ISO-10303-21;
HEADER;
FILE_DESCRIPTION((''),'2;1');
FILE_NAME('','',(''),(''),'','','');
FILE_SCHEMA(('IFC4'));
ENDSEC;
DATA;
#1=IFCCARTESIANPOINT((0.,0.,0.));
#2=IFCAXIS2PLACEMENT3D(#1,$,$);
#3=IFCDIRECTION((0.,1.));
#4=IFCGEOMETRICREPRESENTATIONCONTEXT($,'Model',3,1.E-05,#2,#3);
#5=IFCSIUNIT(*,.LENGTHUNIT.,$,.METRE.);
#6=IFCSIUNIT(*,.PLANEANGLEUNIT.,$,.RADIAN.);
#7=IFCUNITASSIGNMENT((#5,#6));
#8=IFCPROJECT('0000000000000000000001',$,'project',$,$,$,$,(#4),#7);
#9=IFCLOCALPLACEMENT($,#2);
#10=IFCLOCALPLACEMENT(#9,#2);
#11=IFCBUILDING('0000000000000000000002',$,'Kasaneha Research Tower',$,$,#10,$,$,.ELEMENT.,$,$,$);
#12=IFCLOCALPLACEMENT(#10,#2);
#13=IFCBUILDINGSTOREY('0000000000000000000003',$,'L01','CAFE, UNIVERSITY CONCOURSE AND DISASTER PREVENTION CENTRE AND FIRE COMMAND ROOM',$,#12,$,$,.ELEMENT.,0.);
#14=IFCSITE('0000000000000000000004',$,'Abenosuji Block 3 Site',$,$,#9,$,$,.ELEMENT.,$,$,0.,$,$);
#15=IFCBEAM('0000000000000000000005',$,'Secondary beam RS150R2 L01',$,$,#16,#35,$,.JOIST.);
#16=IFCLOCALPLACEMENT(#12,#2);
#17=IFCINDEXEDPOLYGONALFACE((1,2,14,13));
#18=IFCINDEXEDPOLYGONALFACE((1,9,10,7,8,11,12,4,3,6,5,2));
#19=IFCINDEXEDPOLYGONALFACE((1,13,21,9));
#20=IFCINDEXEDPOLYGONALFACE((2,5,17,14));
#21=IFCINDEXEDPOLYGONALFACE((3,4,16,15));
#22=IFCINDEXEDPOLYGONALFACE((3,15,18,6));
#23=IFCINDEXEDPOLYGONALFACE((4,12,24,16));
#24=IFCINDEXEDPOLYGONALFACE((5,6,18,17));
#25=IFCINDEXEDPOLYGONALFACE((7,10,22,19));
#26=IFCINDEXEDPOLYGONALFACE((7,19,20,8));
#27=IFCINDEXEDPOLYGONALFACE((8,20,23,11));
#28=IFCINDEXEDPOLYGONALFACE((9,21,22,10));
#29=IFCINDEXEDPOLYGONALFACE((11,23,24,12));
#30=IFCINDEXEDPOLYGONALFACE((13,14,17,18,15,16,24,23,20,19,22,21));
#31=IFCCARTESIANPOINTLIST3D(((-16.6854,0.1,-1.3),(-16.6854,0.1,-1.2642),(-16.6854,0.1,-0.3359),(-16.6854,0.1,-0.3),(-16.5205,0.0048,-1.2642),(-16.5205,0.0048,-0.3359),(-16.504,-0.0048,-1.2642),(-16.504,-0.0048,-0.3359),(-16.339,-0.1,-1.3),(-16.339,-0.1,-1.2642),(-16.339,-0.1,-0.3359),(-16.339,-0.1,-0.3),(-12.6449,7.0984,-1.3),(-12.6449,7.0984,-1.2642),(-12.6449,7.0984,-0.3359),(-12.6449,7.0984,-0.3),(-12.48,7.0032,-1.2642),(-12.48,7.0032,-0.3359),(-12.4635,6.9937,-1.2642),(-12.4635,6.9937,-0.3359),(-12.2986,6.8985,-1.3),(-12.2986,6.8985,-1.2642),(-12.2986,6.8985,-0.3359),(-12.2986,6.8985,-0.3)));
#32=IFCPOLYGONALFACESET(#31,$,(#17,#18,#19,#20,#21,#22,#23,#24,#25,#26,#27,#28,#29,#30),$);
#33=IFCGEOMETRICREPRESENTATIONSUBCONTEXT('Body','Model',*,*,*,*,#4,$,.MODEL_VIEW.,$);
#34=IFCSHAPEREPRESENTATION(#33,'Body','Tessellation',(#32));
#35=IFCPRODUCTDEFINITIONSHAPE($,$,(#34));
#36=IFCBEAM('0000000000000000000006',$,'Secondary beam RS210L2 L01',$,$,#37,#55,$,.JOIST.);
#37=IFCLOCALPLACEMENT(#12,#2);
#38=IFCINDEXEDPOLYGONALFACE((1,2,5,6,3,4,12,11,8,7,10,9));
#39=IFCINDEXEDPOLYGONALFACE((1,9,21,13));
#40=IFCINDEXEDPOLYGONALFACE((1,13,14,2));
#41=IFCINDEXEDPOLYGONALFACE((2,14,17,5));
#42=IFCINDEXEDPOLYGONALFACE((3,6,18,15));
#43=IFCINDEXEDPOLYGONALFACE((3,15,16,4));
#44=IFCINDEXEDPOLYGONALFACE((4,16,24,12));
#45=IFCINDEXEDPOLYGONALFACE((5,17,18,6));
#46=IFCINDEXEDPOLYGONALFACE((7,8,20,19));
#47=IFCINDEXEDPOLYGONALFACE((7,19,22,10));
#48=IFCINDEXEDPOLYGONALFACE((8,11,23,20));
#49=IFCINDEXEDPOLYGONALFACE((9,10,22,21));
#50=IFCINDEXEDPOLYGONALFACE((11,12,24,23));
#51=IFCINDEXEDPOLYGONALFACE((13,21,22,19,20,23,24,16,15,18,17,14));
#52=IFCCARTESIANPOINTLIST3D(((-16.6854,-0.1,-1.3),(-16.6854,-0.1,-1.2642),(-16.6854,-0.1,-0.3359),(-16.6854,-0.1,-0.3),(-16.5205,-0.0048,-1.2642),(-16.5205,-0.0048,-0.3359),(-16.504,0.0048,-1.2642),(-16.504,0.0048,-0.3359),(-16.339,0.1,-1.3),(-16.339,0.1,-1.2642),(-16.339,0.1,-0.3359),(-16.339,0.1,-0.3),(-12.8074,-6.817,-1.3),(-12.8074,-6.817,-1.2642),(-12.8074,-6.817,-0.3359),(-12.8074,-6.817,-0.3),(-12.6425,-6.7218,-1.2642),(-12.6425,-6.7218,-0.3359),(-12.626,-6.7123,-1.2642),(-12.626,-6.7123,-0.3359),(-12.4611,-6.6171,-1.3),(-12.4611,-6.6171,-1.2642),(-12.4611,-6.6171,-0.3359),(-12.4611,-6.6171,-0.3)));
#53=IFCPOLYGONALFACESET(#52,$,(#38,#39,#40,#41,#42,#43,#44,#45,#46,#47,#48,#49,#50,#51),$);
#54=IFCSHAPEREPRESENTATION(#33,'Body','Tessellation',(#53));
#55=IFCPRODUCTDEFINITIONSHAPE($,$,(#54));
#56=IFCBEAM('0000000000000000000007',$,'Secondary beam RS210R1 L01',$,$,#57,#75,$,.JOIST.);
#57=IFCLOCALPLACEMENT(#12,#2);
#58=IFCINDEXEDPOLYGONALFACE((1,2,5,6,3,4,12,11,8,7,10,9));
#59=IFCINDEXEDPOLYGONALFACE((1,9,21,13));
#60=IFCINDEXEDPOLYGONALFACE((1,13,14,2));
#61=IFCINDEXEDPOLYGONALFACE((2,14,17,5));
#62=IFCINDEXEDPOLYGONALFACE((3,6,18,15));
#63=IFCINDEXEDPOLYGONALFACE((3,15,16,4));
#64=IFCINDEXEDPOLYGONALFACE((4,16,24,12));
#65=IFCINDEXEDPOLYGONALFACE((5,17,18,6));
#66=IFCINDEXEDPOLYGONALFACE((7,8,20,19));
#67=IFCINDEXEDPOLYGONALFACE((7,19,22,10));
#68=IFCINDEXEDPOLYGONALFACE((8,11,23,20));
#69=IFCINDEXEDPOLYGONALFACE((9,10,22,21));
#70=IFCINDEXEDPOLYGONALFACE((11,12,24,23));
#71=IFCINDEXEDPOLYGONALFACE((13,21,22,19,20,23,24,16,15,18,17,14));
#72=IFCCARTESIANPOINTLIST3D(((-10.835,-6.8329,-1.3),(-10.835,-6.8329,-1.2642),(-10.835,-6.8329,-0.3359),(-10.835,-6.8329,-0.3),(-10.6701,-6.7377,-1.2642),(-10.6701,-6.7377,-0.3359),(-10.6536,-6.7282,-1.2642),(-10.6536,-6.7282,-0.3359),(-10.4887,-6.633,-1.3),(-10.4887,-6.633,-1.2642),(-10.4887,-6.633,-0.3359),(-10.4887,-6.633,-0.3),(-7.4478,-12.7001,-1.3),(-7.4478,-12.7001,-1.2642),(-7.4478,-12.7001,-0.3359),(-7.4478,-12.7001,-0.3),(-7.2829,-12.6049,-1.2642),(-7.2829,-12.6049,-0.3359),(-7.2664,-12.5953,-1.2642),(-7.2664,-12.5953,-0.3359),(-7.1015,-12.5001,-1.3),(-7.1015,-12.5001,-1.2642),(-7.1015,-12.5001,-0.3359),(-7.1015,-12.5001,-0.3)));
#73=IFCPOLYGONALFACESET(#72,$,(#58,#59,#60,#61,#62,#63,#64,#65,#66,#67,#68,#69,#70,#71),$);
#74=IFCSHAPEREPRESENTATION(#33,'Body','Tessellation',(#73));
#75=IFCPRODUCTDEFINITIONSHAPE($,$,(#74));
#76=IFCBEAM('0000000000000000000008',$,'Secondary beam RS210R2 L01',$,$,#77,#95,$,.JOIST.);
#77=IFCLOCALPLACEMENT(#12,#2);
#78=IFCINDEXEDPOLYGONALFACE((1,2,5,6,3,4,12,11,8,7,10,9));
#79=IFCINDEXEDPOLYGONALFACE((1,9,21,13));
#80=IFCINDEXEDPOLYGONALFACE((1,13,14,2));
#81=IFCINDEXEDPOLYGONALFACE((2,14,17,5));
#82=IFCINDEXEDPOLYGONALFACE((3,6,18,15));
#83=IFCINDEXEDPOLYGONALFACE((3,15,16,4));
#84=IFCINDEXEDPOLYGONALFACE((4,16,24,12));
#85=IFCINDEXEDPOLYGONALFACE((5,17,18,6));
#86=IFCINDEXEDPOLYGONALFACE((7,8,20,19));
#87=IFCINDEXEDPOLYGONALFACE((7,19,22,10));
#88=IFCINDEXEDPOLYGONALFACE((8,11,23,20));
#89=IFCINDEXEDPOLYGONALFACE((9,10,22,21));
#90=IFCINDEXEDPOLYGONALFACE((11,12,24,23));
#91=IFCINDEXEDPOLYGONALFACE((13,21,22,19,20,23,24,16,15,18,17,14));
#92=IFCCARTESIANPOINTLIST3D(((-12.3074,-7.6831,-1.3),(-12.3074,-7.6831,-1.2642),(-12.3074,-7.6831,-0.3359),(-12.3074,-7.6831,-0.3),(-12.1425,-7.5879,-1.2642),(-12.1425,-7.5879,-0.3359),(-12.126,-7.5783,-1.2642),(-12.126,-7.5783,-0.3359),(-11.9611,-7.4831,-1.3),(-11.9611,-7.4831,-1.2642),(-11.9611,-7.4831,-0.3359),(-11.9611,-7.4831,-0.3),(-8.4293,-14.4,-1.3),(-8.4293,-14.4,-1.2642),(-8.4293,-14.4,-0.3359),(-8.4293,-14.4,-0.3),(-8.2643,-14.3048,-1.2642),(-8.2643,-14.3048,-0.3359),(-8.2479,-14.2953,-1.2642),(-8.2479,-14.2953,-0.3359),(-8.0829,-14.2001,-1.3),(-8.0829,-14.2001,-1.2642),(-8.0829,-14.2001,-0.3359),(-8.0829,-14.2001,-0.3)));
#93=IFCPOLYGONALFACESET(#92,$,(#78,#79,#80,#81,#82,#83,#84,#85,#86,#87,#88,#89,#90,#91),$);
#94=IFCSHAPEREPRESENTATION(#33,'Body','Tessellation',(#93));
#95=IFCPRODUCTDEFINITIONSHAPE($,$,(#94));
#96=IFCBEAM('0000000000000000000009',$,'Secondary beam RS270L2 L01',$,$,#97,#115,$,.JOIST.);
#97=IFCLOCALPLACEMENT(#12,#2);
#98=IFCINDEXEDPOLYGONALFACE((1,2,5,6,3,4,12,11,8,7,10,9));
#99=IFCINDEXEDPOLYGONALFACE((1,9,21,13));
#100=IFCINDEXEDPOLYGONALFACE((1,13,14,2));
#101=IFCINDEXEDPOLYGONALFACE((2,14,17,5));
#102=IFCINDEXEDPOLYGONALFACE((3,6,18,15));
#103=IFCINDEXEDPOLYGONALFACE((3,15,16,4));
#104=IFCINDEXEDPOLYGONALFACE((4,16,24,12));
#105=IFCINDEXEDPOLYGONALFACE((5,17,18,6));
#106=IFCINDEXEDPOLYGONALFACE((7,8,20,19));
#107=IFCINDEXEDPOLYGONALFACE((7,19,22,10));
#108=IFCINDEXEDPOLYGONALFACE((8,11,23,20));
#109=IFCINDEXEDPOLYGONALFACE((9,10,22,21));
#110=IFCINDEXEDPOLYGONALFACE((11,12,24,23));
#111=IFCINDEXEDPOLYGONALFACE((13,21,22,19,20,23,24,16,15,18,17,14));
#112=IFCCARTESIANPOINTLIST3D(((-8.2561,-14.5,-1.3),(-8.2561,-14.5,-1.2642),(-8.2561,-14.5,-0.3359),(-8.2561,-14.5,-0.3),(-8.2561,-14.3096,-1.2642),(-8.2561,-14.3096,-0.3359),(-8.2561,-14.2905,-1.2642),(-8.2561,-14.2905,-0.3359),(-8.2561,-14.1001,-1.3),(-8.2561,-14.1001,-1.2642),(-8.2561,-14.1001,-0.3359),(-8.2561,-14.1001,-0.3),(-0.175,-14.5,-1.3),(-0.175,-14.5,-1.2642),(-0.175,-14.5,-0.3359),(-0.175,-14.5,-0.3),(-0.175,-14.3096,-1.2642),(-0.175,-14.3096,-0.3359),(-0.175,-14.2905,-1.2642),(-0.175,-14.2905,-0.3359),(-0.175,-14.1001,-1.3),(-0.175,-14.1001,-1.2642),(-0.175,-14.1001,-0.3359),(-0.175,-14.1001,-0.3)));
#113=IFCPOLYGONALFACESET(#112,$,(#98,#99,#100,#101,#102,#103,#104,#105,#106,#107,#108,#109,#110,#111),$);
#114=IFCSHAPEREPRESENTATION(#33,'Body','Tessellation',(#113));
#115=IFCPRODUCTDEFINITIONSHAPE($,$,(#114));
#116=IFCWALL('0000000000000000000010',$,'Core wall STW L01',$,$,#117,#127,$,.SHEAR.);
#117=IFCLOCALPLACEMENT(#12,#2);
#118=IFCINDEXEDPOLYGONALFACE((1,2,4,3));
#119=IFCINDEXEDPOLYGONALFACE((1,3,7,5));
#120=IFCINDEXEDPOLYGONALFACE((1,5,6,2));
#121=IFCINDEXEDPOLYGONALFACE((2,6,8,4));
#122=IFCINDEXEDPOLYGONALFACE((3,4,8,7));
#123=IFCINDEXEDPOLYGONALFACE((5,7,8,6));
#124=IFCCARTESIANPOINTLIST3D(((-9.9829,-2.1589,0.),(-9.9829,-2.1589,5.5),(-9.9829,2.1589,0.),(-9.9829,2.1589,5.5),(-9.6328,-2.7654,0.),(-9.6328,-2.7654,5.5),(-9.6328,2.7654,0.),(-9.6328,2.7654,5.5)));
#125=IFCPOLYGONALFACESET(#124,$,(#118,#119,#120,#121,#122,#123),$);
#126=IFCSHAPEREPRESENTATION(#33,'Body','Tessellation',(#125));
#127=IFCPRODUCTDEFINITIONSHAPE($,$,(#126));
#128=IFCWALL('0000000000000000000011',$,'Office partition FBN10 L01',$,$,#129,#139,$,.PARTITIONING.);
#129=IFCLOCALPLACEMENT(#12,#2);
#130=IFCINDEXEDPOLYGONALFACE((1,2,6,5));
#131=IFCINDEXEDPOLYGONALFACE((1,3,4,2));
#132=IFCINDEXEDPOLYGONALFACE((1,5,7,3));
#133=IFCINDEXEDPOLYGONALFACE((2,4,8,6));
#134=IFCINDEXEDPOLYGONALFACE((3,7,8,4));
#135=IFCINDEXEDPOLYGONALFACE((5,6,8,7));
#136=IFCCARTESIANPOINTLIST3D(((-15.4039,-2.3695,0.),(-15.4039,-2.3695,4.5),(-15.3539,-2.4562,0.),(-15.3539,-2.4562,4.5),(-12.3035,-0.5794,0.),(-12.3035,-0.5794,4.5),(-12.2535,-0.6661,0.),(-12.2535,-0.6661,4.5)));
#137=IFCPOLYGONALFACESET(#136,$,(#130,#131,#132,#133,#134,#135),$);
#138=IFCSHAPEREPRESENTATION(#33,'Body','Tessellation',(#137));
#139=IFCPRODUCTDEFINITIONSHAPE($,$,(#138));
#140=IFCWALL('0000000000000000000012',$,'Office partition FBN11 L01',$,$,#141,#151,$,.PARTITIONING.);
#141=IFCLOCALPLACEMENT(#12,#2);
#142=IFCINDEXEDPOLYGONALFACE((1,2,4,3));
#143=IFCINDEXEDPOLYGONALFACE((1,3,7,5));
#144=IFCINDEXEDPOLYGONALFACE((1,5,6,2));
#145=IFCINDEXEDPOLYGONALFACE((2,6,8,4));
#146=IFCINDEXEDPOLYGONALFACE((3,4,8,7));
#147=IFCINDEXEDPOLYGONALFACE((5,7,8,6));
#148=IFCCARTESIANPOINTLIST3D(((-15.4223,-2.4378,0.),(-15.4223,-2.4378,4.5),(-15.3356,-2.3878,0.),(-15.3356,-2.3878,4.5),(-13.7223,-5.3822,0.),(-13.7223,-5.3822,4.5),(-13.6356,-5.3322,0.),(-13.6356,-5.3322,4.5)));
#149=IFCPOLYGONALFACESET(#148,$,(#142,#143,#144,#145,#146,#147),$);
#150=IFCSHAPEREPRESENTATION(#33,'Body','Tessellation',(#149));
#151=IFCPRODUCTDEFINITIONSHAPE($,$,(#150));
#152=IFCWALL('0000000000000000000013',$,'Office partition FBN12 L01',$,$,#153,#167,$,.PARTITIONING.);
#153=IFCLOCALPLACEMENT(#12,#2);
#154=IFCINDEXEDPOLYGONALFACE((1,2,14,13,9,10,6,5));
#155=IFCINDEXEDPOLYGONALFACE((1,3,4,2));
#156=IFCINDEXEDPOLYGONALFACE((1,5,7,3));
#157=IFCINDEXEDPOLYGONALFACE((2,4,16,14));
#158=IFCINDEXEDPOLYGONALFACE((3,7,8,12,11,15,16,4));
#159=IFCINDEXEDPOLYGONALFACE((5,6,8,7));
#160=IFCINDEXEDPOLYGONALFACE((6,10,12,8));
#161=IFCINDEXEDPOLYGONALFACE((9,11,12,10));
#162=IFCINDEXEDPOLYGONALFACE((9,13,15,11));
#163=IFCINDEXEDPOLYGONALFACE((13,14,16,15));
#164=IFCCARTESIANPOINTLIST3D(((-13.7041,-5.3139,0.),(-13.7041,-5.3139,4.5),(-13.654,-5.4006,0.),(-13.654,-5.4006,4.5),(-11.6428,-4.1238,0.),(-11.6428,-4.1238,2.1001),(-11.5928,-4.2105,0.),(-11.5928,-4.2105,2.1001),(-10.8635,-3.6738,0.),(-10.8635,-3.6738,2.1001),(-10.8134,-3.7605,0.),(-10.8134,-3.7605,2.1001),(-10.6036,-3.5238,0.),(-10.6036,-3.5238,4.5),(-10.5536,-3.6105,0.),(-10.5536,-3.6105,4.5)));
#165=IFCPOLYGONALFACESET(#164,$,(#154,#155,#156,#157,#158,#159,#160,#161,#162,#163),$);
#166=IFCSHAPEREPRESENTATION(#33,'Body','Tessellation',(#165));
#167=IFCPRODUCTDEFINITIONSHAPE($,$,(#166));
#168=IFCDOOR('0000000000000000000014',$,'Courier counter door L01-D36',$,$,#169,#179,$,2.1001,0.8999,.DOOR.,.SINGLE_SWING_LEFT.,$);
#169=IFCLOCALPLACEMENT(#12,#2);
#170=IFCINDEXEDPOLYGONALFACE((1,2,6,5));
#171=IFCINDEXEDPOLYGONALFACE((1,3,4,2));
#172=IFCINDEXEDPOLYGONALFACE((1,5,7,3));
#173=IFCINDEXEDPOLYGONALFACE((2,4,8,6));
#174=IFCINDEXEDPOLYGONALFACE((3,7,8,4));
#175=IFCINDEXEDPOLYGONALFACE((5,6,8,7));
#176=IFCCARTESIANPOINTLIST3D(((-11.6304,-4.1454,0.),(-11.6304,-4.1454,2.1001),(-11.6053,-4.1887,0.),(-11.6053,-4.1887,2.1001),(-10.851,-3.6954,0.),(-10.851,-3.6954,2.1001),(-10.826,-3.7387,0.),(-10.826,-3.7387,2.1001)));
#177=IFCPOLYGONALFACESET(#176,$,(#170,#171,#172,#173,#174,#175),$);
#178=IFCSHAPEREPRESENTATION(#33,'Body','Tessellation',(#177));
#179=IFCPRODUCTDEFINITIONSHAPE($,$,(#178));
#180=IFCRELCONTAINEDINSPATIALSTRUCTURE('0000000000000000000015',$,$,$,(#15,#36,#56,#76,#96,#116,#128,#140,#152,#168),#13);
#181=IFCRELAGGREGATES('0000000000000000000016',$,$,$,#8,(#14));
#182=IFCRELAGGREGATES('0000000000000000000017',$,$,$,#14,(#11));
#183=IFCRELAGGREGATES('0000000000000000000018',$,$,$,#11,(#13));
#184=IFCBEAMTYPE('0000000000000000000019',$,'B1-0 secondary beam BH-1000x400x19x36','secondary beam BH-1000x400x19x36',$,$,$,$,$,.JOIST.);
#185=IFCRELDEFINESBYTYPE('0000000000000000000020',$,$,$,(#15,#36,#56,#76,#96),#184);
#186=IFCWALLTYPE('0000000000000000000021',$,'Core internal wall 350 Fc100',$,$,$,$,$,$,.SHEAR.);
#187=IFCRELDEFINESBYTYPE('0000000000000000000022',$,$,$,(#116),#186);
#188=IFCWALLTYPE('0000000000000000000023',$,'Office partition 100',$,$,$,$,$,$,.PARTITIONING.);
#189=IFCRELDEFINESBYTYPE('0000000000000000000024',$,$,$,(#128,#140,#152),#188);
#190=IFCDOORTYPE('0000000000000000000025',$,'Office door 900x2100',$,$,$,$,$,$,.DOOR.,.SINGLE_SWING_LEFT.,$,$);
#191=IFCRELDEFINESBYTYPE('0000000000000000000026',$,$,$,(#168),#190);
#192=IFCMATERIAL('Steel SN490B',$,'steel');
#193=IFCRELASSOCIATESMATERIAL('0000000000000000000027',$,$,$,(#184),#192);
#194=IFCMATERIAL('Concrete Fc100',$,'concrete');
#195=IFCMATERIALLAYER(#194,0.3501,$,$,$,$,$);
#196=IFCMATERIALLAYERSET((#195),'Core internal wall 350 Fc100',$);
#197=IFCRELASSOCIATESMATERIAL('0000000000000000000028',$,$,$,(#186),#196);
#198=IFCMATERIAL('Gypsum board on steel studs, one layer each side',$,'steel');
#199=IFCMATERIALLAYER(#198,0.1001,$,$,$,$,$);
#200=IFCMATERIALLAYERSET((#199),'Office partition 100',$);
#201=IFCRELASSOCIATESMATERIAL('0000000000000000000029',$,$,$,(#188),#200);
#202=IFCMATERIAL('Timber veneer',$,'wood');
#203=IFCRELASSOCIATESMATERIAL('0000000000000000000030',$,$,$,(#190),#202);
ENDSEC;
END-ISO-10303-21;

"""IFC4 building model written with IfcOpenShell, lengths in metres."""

from ifc_helpers import new_model, si_unit, direction, frame, frame_2d, origin, origin_2d, place, context, subcontext, project, spatial, polyline, rectangle, i_section, outline, extrude, material, layer, layer_set, material_profile, profile_set, type_object, element, fill, save


model = new_model("IFC4")

# Units and contexts
model_context = context("Model", 3, precision=1e-05, world=origin(), true_north=direction((0.0, 1.0)))
body_context = subcontext(model_context, "Body", "Model", "MODEL_VIEW")
ifc_project = project(units=[si_unit("LENGTHUNIT", "METRE"), si_unit("PLANEANGLEUNIT", "RADIAN")], contexts=[model_context])

# Site, building, storey
site_placement = place(None, origin())
site = spatial("IfcSite", under=ifc_project, at=site_placement, Name="Abenosuji Block 3 Site", CompositionType="ELEMENT", RefElevation=0.0)
building_placement = place(site_placement, origin())
building = spatial("IfcBuilding", under=site, at=building_placement, Name="Kasaneha Research Tower", CompositionType="ELEMENT")
storey_placement = place(building_placement, origin())
storey = spatial("IfcBuildingStorey", under=building, at=storey_placement, Name="L01", Description="CAFE, UNIVERSITY CONCOURSE AND DISASTER PREVENTION CENTRE AND FIRE COMMAND ROOM", CompositionType="ELEMENT", Elevation=0.0)

# Beams
ifc_material_1 = material(Name="Steel SN490B", Category="steel")
ifc_material_profile = material_profile(ifc_material_1, i_section(OverallWidth=0.3999, OverallDepth=1.0, WebThickness=0.019, FlangeThickness=0.0359, at=origin_2d()), Name="BH-1000x400x19x36")
ifc_profile_set = profile_set([ifc_material_profile], Name="Steel SN490B")
beam_type = type_object("IfcBeamType", Name="B1-0 secondary beam BH-1000x400x19x36", Description="secondary beam BH-1000x400x19x36", PredefinedType="JOIST", material=ifc_profile_set)
beam_1_placement = place(storey_placement, frame((-16.5122, 0.0, -0.8), z_axis=(0.499993, 0.86603, 0.0), x_axis=(-0.86603, 0.499993, 0.0)))
element("IfcBeam", 1, at=beam_1_placement, inside=storey, type_object=beam_type, Name="Secondary beam RS150R2 L01", PredefinedType="JOIST", context=body_context, shape_type="SweptSolid", body=[
    extrude(i_section(OverallWidth=0.3999, OverallDepth=1.0, WebThickness=0.019, FlangeThickness=0.0359, at=origin_2d()), origin(), (0.0, 0.0, 1.0), 8.0811),
])
beam_2_placement = place(storey_placement, frame((-16.5122, 0.0, -0.8), z_axis=(0.499985, -0.866034, 0.0), x_axis=(0.866034, 0.499985, 0.0)))
element("IfcBeam", 2, at=beam_2_placement, inside=storey, type_object=beam_type, Name="Secondary beam RS210L2 L01", PredefinedType="JOIST", context=body_context, shape_type="SweptSolid", body=[
    extrude(i_section(OverallWidth=0.3999, OverallDepth=1.0, WebThickness=0.019, FlangeThickness=0.0359, at=origin_2d()), origin(), (0.0, 0.0, 1.0), 7.7561),
])
beam_3_placement = place(storey_placement, frame((-7.2747, -12.6001, -0.8), z_axis=(-0.499976, 0.866039, 0.0), x_axis=(-0.866039, -0.499976, 0.0)))
element("IfcBeam", 3, at=beam_3_placement, inside=storey, type_object=beam_type, Name="Secondary beam RS210R1 L01", PredefinedType="JOIST", context=body_context, shape_type="SweptSolid", body=[
    extrude(i_section(OverallWidth=0.3999, OverallDepth=1.0, WebThickness=0.019, FlangeThickness=0.0359, at=origin_2d()), origin(), (0.0, 0.0, 1.0), 6.7747),
])
beam_4_placement = place(storey_placement, frame((-8.2561, -14.3, -0.8), z_axis=(-0.500009, 0.86602, 0.0), x_axis=(-0.86602, -0.500009, 0.0)))
element("IfcBeam", 4, at=beam_4_placement, inside=storey, type_object=beam_type, Name="Secondary beam RS210R2 L01", PredefinedType="JOIST", context=body_context, shape_type="SweptSolid", body=[
    extrude(i_section(OverallWidth=0.3999, OverallDepth=1.0, WebThickness=0.019, FlangeThickness=0.0359, at=origin_2d()), origin(), (0.0, 0.0, 1.0), 7.7561),
])
beam_5_placement = place(storey_placement, frame((-8.2561, -14.3, -0.8), z_axis=(1.0, 0.0, 0.0), x_axis=(0.0, 1.0, 0.0)))
element("IfcBeam", 5, at=beam_5_placement, inside=storey, type_object=beam_type, Name="Secondary beam RS270L2 L01", PredefinedType="JOIST", context=body_context, shape_type="SweptSolid", body=[
    extrude(i_section(OverallWidth=0.3999, OverallDepth=1.0, WebThickness=0.019, FlangeThickness=0.0359, at=origin_2d()), origin(), (0.0, 0.0, 1.0), 8.0811),
])

# Shared definitions
ifc_material_2 = material(Name="Concrete Fc100", Category="concrete")
ifc_layer_1 = layer(ifc_material_2, 0.3501)
ifc_layer_set_1 = layer_set([ifc_layer_1], Name="Core internal wall 350 Fc100")
wall_type_1 = type_object("IfcWallType", Name="Core internal wall 350 Fc100", PredefinedType="SHEAR", material=ifc_layer_set_1)

# Walls
wall_1_placement = place(storey_placement, frame((-9.8079, -2.4622, 0.0), z_axis=(0.0, 0.0, 1.0), x_axis=(0.0, 1.0, 0.0)))
element("IfcWall", 6, at=wall_1_placement, inside=storey, type_object=wall_type_1, Name="Core wall STW L01", PredefinedType="SHEAR", context=body_context, shape_type="SweptSolid", body=[
    extrude(outline(polyline([(-0.3032, -0.175), (5.2275, -0.175), (4.6211, 0.175), (0.3032, 0.175), (-0.3032, -0.175)])), origin(), (0.0, 0.0, 1.0), 5.5),
])
ifc_material_3 = material(Name="Gypsum board on steel studs, one layer each side", Category="steel")
ifc_layer_2 = layer(ifc_material_3, 0.1001)
ifc_layer_set_2 = layer_set([ifc_layer_2], Name="Office partition 100")
wall_type_2 = type_object("IfcWallType", Name="Office partition 100", PredefinedType="PARTITIONING", material=ifc_layer_set_2)
wall_2_placement = place(storey_placement, frame((-15.3789, -2.4128, 0.0), z_axis=(0.0, 0.0, 1.0), x_axis=(0.866019, 0.500012, 0.0)))
element("IfcWall", 7, at=wall_2_placement, inside=storey, type_object=wall_type_2, Name="Office partition FBN10 L01", PredefinedType="PARTITIONING", context=body_context, shape_type="SweptSolid", body=[
    extrude(rectangle(XDim=3.5801, YDim=0.1001, at=frame_2d((1.79, 0.0))), origin(), (0.0, 0.0, 1.0), 4.5),
])
wall_3_placement = place(storey_placement, frame((-13.679, -5.3572, 0.0), z_axis=(0.0, 0.0, 1.0), x_axis=(-0.500008, 0.866021, 0.0)))
element("IfcWall", 8, at=wall_3_placement, inside=storey, type_object=wall_type_2, Name="Office partition FBN11 L01", PredefinedType="PARTITIONING", context=body_context, shape_type="SweptSolid", body=[
    extrude(rectangle(XDim=3.3999, YDim=0.1001, at=frame_2d((1.7, 0.0))), origin(), (0.0, 0.0, 1.0), 4.5),
])

# Wall, opening, door
wall_4_placement = place(storey_placement, frame((-10.5786, -3.5671, 0.0), z_axis=(0.0, 0.0, 1.0), x_axis=(-0.866019, -0.500012, 0.0)))
wall_4 = element("IfcWall", 9, at=wall_4_placement, inside=storey, type_object=wall_type_2, Name="Office partition FBN12 L01", PredefinedType="PARTITIONING", context=body_context, shape_type="SweptSolid", body=[
    extrude(rectangle(XDim=3.5801, YDim=0.1001, at=frame_2d((1.79, 0.0))), origin(), (0.0, 0.0, 1.0), 4.5),
])
opening_1_placement = place(wall_4_placement, frame((0.3, 0.0, 0.0)))
opening_1 = element("IfcOpeningElement", 10, at=opening_1_placement, cuts=wall_4, PredefinedType="OPENING", context=body_context, shape_type="SweptSolid", body=[
    extrude(rectangle(XDim=0.8999, YDim=2.1001, at=frame_2d((0.45, 1.05))), frame((0.0, 0.0601, 0.0), z_axis=(0.0, -1.0, 0.0), x_axis=(1.0, 0.0, 0.0)), (0.0, 0.0, 1.0), 0.1201),
])
ifc_material_4 = material(Name="Timber veneer", Category="wood")
door_type_1 = type_object("IfcDoorType", Name="Office door 900x2100", OperationType="SINGLE_SWING_LEFT", PredefinedType="DOOR", material=ifc_material_4)
door_1_placement = place(opening_1_placement, origin())
door_1 = element("IfcDoor", 11, at=door_1_placement, inside=storey, type_object=door_type_1, Name="Courier counter door L01-D36", OperationType="SINGLE_SWING_LEFT", OverallHeight=2.1001, OverallWidth=0.8999, PredefinedType="DOOR", context=body_context, shape_type="SweptSolid", body=[
    extrude(rectangle(XDim=0.8999, YDim=2.1001, at=frame_2d((0.45, 1.05))), frame((0.0, 0.0249, 0.0), z_axis=(0.0, -1.0, 0.0), x_axis=(1.0, 0.0, 0.0)), (0.0, 0.0, 1.0), 0.05),
])
fill(opening_1, door_1)

save(model, "model.ifc")
